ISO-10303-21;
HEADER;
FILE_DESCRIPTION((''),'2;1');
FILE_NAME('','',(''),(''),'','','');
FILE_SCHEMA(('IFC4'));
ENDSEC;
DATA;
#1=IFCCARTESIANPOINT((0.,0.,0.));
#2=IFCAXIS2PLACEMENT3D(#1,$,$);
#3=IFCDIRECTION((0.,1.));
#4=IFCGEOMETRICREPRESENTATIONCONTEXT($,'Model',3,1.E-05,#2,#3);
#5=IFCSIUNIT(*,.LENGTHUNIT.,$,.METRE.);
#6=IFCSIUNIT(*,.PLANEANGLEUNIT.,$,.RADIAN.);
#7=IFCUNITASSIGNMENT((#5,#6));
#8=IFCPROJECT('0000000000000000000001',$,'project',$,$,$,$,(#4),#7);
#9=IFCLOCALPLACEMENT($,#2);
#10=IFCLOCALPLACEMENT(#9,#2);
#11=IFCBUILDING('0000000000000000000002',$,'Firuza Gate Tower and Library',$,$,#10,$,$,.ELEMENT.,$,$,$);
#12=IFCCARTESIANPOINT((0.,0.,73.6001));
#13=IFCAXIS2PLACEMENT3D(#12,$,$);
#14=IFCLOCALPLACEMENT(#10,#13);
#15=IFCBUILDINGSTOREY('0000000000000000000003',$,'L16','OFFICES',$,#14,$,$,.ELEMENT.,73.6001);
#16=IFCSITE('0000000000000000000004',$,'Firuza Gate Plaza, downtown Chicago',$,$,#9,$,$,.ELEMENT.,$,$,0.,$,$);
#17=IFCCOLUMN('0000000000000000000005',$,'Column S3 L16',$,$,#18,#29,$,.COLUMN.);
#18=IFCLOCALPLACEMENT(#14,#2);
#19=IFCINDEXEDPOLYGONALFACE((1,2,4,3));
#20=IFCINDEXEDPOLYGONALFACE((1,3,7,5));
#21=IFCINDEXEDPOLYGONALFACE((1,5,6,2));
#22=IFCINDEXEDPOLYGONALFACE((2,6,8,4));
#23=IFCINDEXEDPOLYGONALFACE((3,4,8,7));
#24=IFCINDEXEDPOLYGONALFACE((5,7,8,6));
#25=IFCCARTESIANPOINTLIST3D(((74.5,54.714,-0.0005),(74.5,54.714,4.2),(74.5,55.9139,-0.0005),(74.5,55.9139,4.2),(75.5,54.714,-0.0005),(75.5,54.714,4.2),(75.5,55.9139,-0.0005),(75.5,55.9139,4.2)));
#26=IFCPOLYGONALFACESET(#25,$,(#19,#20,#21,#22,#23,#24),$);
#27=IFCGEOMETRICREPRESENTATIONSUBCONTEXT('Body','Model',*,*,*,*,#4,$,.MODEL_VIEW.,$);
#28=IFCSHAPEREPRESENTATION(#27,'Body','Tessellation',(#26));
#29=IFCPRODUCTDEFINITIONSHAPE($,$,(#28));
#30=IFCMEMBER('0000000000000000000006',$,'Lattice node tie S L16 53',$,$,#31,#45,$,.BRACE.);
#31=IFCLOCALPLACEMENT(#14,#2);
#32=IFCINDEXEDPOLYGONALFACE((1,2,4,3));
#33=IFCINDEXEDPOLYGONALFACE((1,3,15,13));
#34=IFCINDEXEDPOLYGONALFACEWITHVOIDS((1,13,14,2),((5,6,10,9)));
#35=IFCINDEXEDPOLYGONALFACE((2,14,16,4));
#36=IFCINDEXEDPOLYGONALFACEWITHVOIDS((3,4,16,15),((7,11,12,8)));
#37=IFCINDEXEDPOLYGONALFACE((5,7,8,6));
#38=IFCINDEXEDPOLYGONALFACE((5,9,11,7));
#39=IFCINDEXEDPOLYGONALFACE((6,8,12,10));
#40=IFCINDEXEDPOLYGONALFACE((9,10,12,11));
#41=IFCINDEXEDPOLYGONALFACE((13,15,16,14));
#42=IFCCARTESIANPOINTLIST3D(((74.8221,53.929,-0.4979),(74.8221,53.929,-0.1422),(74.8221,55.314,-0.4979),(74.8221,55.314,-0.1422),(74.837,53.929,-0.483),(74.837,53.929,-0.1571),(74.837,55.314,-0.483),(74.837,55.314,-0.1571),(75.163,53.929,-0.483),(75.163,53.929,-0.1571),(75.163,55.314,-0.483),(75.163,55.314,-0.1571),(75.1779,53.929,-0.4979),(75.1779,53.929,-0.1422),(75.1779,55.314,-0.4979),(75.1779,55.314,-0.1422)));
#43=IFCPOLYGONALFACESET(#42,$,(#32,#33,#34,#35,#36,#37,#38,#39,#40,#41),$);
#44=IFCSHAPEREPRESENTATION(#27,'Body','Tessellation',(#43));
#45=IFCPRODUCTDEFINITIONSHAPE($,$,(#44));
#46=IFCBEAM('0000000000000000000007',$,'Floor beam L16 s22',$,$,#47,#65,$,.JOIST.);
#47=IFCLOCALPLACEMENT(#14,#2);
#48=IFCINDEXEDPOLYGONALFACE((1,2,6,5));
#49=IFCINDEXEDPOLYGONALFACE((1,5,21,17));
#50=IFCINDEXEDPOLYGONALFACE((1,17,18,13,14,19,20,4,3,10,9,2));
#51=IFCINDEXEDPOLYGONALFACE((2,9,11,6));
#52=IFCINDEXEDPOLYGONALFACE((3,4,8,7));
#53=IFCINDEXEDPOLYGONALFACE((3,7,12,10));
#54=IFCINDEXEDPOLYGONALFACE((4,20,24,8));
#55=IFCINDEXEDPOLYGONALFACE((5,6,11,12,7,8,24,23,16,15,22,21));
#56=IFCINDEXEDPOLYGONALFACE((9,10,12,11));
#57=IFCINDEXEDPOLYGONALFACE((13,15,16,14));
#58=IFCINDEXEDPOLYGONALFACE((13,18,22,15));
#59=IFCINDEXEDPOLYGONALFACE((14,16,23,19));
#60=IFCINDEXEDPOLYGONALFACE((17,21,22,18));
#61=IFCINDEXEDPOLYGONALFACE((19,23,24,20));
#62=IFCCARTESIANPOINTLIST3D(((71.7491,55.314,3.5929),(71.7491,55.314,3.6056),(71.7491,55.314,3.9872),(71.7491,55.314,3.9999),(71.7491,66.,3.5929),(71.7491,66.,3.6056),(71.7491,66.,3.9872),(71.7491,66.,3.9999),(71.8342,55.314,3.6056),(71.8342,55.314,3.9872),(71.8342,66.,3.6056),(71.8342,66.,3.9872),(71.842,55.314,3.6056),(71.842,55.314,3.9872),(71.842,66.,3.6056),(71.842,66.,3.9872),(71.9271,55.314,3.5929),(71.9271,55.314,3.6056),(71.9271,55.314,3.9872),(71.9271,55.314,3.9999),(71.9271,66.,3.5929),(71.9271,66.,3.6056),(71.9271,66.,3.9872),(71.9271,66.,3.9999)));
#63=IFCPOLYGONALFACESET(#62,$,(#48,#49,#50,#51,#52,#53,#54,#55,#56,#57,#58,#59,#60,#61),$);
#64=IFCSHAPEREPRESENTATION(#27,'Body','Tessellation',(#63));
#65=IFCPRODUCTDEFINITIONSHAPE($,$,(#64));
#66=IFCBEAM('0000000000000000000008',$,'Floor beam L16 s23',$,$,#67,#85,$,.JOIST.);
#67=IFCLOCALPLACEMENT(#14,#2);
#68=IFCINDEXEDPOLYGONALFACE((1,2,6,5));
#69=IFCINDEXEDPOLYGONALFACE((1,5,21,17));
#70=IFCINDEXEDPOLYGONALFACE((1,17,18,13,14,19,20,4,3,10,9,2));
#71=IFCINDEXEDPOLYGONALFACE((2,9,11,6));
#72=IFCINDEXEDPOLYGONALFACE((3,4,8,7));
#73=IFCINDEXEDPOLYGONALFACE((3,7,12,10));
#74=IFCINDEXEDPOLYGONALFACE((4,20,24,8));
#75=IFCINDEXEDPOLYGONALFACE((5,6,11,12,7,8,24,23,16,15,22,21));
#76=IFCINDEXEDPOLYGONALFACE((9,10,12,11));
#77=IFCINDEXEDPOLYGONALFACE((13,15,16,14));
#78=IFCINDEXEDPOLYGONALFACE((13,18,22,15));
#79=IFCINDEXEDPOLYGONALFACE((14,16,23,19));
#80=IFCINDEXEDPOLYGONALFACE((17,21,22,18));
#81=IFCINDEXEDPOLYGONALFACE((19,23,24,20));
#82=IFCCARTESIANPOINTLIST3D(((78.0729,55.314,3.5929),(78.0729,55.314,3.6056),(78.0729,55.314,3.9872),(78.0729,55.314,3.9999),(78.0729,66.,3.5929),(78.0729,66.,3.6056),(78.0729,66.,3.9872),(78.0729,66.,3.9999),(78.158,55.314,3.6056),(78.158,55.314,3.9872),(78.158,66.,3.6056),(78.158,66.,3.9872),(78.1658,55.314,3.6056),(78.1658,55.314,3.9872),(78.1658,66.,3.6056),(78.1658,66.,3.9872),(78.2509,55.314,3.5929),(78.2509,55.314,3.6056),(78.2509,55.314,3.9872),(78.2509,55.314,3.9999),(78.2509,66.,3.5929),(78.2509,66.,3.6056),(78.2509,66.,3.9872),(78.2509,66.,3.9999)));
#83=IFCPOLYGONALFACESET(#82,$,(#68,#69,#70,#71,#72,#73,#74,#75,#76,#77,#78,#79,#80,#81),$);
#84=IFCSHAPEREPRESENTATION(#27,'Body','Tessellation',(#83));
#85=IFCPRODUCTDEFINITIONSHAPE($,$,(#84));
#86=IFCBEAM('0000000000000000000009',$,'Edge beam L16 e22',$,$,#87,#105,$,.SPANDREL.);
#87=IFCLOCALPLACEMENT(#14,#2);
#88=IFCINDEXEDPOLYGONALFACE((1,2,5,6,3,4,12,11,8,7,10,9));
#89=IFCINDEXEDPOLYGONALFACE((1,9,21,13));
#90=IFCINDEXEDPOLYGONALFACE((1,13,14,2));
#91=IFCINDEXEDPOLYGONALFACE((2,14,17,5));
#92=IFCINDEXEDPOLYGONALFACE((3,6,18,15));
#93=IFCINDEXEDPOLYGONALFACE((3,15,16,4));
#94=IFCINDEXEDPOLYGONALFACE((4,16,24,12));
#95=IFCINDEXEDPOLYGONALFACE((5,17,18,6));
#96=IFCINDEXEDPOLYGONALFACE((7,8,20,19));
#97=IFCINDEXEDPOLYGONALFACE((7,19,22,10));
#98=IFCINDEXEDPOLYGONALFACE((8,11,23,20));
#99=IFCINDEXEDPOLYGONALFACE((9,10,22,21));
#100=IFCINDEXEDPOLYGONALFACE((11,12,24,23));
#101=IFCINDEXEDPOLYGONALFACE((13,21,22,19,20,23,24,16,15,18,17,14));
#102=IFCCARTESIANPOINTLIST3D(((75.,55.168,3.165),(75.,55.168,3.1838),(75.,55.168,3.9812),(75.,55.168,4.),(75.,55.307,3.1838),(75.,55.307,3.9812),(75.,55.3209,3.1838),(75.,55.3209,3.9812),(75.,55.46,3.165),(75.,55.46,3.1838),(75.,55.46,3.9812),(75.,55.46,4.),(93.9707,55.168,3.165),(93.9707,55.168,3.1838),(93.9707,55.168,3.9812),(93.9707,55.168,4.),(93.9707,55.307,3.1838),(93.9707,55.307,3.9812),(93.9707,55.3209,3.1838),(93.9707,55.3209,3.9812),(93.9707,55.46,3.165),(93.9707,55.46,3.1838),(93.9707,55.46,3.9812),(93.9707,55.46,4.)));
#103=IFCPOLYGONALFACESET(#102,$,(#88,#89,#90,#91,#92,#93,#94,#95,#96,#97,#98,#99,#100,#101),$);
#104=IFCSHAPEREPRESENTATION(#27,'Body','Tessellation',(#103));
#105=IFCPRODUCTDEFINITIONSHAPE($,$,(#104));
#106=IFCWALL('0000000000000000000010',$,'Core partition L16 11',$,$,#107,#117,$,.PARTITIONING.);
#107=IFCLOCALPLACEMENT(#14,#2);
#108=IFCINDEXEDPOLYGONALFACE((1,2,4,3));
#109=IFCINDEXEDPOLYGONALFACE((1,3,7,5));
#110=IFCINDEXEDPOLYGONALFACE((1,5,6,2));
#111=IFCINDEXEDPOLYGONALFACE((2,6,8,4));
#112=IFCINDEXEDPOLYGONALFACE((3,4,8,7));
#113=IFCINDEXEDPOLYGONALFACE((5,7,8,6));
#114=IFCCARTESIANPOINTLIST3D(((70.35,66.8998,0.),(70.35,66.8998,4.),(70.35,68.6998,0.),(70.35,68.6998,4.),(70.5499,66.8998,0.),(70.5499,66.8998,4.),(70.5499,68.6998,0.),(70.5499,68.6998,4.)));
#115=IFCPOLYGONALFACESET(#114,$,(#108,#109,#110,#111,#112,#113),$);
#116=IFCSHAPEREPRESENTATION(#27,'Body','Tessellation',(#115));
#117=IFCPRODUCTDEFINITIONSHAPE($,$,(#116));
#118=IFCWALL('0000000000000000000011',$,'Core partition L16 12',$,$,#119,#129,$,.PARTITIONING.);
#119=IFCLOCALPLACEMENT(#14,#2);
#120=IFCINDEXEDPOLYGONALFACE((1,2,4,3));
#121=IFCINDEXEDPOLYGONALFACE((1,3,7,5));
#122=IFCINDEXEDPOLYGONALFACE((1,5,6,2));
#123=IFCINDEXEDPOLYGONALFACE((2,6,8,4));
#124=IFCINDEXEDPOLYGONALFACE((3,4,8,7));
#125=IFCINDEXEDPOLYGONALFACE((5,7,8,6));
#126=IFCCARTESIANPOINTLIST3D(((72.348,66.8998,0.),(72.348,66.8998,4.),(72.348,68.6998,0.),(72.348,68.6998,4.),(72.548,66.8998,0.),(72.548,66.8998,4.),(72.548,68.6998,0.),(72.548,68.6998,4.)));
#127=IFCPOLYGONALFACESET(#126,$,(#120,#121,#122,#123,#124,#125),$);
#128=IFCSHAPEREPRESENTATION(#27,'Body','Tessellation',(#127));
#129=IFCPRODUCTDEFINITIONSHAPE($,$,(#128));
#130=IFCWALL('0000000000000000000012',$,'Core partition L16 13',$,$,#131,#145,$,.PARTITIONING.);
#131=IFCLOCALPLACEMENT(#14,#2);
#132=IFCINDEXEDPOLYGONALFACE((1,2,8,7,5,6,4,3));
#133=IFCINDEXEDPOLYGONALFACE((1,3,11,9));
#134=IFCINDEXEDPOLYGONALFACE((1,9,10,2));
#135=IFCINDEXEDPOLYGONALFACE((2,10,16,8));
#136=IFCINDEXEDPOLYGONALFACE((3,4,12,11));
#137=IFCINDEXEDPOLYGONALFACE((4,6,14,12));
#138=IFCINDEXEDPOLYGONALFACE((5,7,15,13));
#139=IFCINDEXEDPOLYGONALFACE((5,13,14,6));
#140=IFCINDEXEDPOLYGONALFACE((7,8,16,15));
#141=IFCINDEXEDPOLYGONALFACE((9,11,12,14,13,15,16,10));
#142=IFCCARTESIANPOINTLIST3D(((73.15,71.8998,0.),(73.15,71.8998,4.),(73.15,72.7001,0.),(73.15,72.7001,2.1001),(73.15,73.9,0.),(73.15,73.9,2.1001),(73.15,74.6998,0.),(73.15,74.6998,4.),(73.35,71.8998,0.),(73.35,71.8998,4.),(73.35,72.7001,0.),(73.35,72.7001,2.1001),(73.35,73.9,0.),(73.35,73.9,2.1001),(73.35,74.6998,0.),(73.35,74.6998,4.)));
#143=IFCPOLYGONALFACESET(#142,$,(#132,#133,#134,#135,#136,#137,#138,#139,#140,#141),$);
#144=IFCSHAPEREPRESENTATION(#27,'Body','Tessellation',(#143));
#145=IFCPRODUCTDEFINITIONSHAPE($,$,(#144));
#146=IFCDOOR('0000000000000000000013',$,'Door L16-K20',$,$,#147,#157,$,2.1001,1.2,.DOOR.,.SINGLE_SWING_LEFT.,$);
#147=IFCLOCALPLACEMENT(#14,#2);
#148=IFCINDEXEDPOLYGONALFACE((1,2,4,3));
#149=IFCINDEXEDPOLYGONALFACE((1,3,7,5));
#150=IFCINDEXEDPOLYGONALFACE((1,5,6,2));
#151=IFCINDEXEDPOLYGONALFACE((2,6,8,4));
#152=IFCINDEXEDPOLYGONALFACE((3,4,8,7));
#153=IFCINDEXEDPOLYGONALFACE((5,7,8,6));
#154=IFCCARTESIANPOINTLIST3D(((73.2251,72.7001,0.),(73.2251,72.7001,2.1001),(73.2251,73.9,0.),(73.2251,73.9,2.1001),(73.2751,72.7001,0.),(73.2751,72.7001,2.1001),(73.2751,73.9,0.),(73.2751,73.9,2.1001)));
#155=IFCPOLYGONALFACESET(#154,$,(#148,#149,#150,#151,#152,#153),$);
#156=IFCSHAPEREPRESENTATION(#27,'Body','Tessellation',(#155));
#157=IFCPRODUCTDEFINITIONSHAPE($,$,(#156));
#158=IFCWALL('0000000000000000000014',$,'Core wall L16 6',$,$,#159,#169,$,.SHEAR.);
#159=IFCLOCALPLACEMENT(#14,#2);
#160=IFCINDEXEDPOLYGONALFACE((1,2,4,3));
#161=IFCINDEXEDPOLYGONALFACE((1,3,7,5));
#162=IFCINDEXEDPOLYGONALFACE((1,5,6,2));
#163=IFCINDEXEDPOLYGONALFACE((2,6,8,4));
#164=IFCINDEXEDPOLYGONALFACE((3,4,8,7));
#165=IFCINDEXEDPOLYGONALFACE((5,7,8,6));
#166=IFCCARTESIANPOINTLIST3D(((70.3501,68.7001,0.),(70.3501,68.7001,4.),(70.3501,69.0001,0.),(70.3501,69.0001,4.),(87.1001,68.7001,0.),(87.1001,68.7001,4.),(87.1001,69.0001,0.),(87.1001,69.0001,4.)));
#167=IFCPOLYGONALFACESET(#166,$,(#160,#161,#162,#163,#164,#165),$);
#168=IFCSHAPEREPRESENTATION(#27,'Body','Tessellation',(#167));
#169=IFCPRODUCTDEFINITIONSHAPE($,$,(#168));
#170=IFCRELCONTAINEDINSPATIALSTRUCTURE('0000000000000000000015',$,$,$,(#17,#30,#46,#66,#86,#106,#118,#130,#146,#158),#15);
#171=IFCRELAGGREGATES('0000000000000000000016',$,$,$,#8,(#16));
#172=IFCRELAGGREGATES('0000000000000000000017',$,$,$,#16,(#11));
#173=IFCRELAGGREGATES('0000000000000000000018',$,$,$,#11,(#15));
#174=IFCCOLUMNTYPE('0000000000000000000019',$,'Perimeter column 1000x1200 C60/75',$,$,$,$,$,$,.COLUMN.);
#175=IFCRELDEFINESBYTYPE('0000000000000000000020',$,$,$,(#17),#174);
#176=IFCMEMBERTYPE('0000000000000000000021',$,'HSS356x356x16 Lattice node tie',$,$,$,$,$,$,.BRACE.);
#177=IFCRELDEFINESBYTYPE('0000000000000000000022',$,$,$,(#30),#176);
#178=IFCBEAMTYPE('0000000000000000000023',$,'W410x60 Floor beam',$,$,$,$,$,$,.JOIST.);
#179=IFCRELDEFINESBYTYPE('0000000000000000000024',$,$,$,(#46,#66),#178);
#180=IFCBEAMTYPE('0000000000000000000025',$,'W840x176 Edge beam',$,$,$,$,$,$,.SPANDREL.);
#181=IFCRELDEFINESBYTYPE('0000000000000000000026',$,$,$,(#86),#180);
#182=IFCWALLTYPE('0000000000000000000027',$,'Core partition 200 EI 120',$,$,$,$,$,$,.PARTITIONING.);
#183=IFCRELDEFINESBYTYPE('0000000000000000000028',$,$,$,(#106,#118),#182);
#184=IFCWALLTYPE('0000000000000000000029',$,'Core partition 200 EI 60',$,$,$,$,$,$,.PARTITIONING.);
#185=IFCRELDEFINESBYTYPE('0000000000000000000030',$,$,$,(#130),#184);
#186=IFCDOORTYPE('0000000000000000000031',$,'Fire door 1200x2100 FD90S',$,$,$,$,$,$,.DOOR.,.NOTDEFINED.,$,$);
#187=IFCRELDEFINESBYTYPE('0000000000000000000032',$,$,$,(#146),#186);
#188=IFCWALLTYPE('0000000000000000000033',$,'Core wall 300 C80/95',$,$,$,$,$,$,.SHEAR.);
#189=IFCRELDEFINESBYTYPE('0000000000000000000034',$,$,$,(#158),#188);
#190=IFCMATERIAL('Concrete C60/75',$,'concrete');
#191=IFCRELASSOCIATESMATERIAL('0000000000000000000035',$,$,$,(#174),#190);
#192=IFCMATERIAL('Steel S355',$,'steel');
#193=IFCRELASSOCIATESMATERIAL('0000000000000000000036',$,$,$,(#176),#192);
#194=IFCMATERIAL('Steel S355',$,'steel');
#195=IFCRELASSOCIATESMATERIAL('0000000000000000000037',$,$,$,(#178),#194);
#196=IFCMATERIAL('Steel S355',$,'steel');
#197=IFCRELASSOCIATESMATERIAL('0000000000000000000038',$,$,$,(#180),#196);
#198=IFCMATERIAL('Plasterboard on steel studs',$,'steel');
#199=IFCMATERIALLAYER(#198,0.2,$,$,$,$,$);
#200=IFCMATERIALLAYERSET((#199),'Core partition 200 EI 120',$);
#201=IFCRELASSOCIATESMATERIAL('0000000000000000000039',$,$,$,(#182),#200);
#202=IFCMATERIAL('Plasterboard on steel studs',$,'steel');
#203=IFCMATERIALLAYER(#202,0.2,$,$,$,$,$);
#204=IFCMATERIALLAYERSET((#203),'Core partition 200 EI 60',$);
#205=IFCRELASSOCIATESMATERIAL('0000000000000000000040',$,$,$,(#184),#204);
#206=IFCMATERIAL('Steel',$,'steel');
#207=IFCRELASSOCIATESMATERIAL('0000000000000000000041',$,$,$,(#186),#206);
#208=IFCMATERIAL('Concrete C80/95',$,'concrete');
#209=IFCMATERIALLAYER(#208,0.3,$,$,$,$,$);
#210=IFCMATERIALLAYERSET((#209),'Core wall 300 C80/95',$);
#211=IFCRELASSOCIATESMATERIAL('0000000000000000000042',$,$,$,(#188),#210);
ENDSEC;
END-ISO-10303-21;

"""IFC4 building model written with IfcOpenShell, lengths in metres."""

from ifc_helpers import new_model, si_unit, direction, frame, frame_2d, origin, origin_2d, place, context, subcontext, project, spatial, rectangle, hollow_rectangle, i_section, extrude, material, layer, layer_set, material_profile, profile_set, type_object, element, fill, save


model = new_model("IFC4")

# Units and contexts
model_context = context("Model", 3, precision=1e-05, world=origin(), true_north=direction((0.0, 1.0)))
body_context = subcontext(model_context, "Body", "Model", "MODEL_VIEW")
ifc_project = project(units=[si_unit("LENGTHUNIT", "METRE"), si_unit("PLANEANGLEUNIT", "RADIAN")], contexts=[model_context])

# Site, building, storey
site_placement = place(None, origin())
site = spatial("IfcSite", under=ifc_project, at=site_placement, Name="Firuza Gate Plaza, downtown Chicago", CompositionType="ELEMENT", RefElevation=0.0)
building_placement = place(site_placement, origin())
building = spatial("IfcBuilding", under=site, at=building_placement, Name="Firuza Gate Tower and Library", CompositionType="ELEMENT")
storey_placement = place(building_placement, frame((0.0, 0.0, 73.6001)))
storey = spatial("IfcBuildingStorey", under=building, at=storey_placement, Name="L16", Description="OFFICES", CompositionType="ELEMENT", Elevation=73.6001)

# Column
ifc_material_1 = material(Name="Concrete C60/75", Category="concrete")
ifc_material_profile_1 = material_profile(ifc_material_1, rectangle(XDim=1.0, YDim=1.2, at=origin_2d()))
ifc_profile_set_1 = profile_set([ifc_material_profile_1], Name="Concrete C60/75")
column_type = type_object("IfcColumnType", Name="Perimeter column 1000x1200 C60/75", PredefinedType="COLUMN", material=ifc_profile_set_1)
column_placement = place(storey_placement, frame((75.0, 55.314, -0.0005), z_axis=(0.0, 0.0, 1.0), x_axis=(1.0, 0.0, 0.0)))
element("IfcColumn", 1, at=column_placement, inside=storey, type_object=column_type, Name="Column S3 L16", PredefinedType="COLUMN", context=body_context, shape_type="SweptSolid", body=[
    extrude(rectangle(XDim=1.0, YDim=1.2, at=origin_2d()), origin(), (0.0, 0.0, 1.0), 4.2004),
])

# Member
ifc_material_2 = material(Name="Steel S355", Category="steel")
ifc_material_profile_2 = material_profile(ifc_material_2, hollow_rectangle(XDim=0.3557, YDim=0.3557, WallThickness=0.0149, at=origin_2d()))
ifc_profile_set_2 = profile_set([ifc_material_profile_2], Name="Steel S355")
member_type = type_object("IfcMemberType", Name="HSS356x356x16 Lattice node tie", PredefinedType="BRACE", material=ifc_profile_set_2)
member_placement = place(storey_placement, frame((75.0, 55.314, -0.3201), z_axis=(0.0, -1.0, 0.0), x_axis=(1.0, 0.0, 0.0)))
element("IfcMember", 2, at=member_placement, inside=storey, type_object=member_type, Name="Lattice node tie S L16 53", PredefinedType="BRACE", context=body_context, shape_type="SweptSolid", body=[
    extrude(hollow_rectangle(XDim=0.3557, YDim=0.3557, WallThickness=0.0149, at=origin_2d()), origin(), (0.0, 0.0, 1.0), 1.385),
])

# Beams
ifc_material_3 = material(Name="Steel S355", Category="steel")
ifc_material_profile_3 = material_profile(ifc_material_3, i_section(OverallWidth=0.178, OverallDepth=0.407, WebThickness=0.0078, FlangeThickness=0.0127, at=origin_2d()))
ifc_profile_set_3 = profile_set([ifc_material_profile_3], Name="Steel S355")
beam_type_1 = type_object("IfcBeamType", Name="W410x60 Floor beam", PredefinedType="JOIST", material=ifc_profile_set_3)
for number, where, z_axis, x_axis, name in (
    (3, (71.8381, 55.314, 3.7964), (0.0, 1.0, 0.0), (-1.0, 0.0, 0.0), "Floor beam L16 s22"),
    (4, (78.1619, 55.314, 3.7964), (0.0, 1.0, 0.0), (-1.0, 0.0, 0.0), "Floor beam L16 s23"),
):
    element("IfcBeam", number, at=place(storey_placement, frame(where, z_axis=z_axis, x_axis=x_axis)), inside=storey, type_object=beam_type_1, Name=name, PredefinedType="JOIST", context=body_context, shape_type="SweptSolid", body=[
        extrude(i_section(OverallWidth=0.178, OverallDepth=0.407, WebThickness=0.0078, FlangeThickness=0.0127, at=origin_2d()), origin(), (0.0, 0.0, 1.0), 10.686),
    ])
ifc_material_4 = material(Name="Steel S355", Category="steel")
ifc_material_profile_4 = material_profile(ifc_material_4, i_section(OverallWidth=0.292, OverallDepth=0.835, WebThickness=0.0139, FlangeThickness=0.0188, at=origin_2d()))
ifc_profile_set_4 = profile_set([ifc_material_profile_4], Name="Steel S355")
beam_type_2 = type_object("IfcBeamType", Name="W840x176 Edge beam", PredefinedType="SPANDREL", material=ifc_profile_set_4)
beam_placement = place(storey_placement, frame((75.0, 55.314, 3.5825), z_axis=(1.0, 0.0, 0.0), x_axis=(0.0, 1.0, 0.0)))
element("IfcBeam", 5, at=beam_placement, inside=storey, type_object=beam_type_2, Name="Edge beam L16 e22", PredefinedType="SPANDREL", context=body_context, shape_type="SweptSolid", body=[
    extrude(i_section(OverallWidth=0.292, OverallDepth=0.835, WebThickness=0.0139, FlangeThickness=0.0188, at=origin_2d()), origin(), (0.0, 0.0, 1.0), 18.9707),
])

# Walls
ifc_material_5 = material(Name="Plasterboard on steel studs", Category="steel")
ifc_layer_1 = layer(ifc_material_5, 0.2)
ifc_layer_set_1 = layer_set([ifc_layer_1], Name="Core partition 200 EI 120")
wall_type_1 = type_object("IfcWallType", Name="Core partition 200 EI 120", PredefinedType="PARTITIONING", material=ifc_layer_set_1)
for number, where, z_axis, x_axis, name in (
    (6, (70.45, 66.8999, 0.0), (0.0, 0.0, 1.0), (0.0, 1.0, 0.0), "Core partition L16 11"),
    (7, (72.448, 66.8999, 0.0), (0.0, 0.0, 1.0), (0.0, 1.0, 0.0), "Core partition L16 12"),
):
    element("IfcWall", number, at=place(storey_placement, frame(where, z_axis=z_axis, x_axis=x_axis)), inside=storey, type_object=wall_type_1, Name=name, PredefinedType="PARTITIONING", context=body_context, shape_type="SweptSolid", body=[
        extrude(rectangle(XDim=1.8, YDim=0.2, at=frame_2d((0.8999, 0.0))), origin(), (0.0, 0.0, 1.0), 4.0),
    ])

# Wall, opening, door
ifc_material_6 = material(Name="Plasterboard on steel studs", Category="steel")
ifc_layer_2 = layer(ifc_material_6, 0.2)
ifc_layer_set_2 = layer_set([ifc_layer_2], Name="Core partition 200 EI 60")
wall_type_2 = type_object("IfcWallType", Name="Core partition 200 EI 60", PredefinedType="PARTITIONING", material=ifc_layer_set_2)
wall_1_placement = place(storey_placement, frame((73.25, 71.8999, 0.0), z_axis=(0.0, 0.0, 1.0), x_axis=(0.0, 1.0, 0.0)))
wall_1 = element("IfcWall", 8, at=wall_1_placement, inside=storey, type_object=wall_type_2, Name="Core partition L16 13", PredefinedType="PARTITIONING", context=body_context, shape_type="SweptSolid", body=[
    extrude(rectangle(XDim=2.8, YDim=0.2, at=frame_2d((1.3999, 0.0))), origin(), (0.0, 0.0, 1.0), 4.0),
])
opening_1_placement = place(wall_1_placement, frame((0.8, 0.0, 0.0)))
opening_1 = element("IfcOpeningElement", 9, at=opening_1_placement, cuts=wall_1, PredefinedType="OPENING", context=body_context, shape_type="SweptSolid", body=[
    extrude(rectangle(XDim=1.2, YDim=2.1001, at=frame_2d((0.6001, 1.05))), frame((0.0, 0.1099, 0.0), z_axis=(0.0, -1.0, 0.0), x_axis=(1.0, 0.0, 0.0)), (0.0, 0.0, 1.0), 0.22),
])
ifc_material_7 = material(Name="Steel", Category="steel")
door_type_1 = type_object("IfcDoorType", Name="Fire door 1200x2100 FD90S", OperationType="NOTDEFINED", PredefinedType="DOOR", material=ifc_material_7)
door_1_placement = place(opening_1_placement, origin())
door_1 = element("IfcDoor", 10, at=door_1_placement, inside=storey, type_object=door_type_1, Name="Door L16-K20", OperationType="SINGLE_SWING_LEFT", OverallHeight=2.1001, OverallWidth=1.2, PredefinedType="DOOR", context=body_context, shape_type="SweptSolid", body=[
    extrude(rectangle(XDim=1.2, YDim=2.1001, at=frame_2d((0.6001, 1.05))), frame((0.0, 0.0249, 0.0), z_axis=(0.0, -1.0, 0.0), x_axis=(1.0, 0.0, 0.0)), (0.0, 0.0, 1.0), 0.05),
])
fill(opening_1, door_1)

# Wall
ifc_material_8 = material(Name="Concrete C80/95", Category="concrete")
ifc_layer_3 = layer(ifc_material_8, 0.3)
ifc_layer_set_3 = layer_set([ifc_layer_3], Name="Core wall 300 C80/95")
wall_type_3 = type_object("IfcWallType", Name="Core wall 300 C80/95", PredefinedType="SHEAR", material=ifc_layer_set_3)
wall_2_placement = place(storey_placement, frame((70.3501, 68.8501, 0.0), z_axis=(0.0, 0.0, 1.0), x_axis=(1.0, 0.0, 0.0)))
element("IfcWall", 11, at=wall_2_placement, inside=storey, type_object=wall_type_3, Name="Core wall L16 6", PredefinedType="SHEAR", context=body_context, shape_type="SweptSolid", body=[
    extrude(rectangle(XDim=16.75, YDim=0.3, at=frame_2d((8.375, 0.0))), origin(), (0.0, 0.0, 1.0), 4.0),
])

save(model, "model.ifc")
